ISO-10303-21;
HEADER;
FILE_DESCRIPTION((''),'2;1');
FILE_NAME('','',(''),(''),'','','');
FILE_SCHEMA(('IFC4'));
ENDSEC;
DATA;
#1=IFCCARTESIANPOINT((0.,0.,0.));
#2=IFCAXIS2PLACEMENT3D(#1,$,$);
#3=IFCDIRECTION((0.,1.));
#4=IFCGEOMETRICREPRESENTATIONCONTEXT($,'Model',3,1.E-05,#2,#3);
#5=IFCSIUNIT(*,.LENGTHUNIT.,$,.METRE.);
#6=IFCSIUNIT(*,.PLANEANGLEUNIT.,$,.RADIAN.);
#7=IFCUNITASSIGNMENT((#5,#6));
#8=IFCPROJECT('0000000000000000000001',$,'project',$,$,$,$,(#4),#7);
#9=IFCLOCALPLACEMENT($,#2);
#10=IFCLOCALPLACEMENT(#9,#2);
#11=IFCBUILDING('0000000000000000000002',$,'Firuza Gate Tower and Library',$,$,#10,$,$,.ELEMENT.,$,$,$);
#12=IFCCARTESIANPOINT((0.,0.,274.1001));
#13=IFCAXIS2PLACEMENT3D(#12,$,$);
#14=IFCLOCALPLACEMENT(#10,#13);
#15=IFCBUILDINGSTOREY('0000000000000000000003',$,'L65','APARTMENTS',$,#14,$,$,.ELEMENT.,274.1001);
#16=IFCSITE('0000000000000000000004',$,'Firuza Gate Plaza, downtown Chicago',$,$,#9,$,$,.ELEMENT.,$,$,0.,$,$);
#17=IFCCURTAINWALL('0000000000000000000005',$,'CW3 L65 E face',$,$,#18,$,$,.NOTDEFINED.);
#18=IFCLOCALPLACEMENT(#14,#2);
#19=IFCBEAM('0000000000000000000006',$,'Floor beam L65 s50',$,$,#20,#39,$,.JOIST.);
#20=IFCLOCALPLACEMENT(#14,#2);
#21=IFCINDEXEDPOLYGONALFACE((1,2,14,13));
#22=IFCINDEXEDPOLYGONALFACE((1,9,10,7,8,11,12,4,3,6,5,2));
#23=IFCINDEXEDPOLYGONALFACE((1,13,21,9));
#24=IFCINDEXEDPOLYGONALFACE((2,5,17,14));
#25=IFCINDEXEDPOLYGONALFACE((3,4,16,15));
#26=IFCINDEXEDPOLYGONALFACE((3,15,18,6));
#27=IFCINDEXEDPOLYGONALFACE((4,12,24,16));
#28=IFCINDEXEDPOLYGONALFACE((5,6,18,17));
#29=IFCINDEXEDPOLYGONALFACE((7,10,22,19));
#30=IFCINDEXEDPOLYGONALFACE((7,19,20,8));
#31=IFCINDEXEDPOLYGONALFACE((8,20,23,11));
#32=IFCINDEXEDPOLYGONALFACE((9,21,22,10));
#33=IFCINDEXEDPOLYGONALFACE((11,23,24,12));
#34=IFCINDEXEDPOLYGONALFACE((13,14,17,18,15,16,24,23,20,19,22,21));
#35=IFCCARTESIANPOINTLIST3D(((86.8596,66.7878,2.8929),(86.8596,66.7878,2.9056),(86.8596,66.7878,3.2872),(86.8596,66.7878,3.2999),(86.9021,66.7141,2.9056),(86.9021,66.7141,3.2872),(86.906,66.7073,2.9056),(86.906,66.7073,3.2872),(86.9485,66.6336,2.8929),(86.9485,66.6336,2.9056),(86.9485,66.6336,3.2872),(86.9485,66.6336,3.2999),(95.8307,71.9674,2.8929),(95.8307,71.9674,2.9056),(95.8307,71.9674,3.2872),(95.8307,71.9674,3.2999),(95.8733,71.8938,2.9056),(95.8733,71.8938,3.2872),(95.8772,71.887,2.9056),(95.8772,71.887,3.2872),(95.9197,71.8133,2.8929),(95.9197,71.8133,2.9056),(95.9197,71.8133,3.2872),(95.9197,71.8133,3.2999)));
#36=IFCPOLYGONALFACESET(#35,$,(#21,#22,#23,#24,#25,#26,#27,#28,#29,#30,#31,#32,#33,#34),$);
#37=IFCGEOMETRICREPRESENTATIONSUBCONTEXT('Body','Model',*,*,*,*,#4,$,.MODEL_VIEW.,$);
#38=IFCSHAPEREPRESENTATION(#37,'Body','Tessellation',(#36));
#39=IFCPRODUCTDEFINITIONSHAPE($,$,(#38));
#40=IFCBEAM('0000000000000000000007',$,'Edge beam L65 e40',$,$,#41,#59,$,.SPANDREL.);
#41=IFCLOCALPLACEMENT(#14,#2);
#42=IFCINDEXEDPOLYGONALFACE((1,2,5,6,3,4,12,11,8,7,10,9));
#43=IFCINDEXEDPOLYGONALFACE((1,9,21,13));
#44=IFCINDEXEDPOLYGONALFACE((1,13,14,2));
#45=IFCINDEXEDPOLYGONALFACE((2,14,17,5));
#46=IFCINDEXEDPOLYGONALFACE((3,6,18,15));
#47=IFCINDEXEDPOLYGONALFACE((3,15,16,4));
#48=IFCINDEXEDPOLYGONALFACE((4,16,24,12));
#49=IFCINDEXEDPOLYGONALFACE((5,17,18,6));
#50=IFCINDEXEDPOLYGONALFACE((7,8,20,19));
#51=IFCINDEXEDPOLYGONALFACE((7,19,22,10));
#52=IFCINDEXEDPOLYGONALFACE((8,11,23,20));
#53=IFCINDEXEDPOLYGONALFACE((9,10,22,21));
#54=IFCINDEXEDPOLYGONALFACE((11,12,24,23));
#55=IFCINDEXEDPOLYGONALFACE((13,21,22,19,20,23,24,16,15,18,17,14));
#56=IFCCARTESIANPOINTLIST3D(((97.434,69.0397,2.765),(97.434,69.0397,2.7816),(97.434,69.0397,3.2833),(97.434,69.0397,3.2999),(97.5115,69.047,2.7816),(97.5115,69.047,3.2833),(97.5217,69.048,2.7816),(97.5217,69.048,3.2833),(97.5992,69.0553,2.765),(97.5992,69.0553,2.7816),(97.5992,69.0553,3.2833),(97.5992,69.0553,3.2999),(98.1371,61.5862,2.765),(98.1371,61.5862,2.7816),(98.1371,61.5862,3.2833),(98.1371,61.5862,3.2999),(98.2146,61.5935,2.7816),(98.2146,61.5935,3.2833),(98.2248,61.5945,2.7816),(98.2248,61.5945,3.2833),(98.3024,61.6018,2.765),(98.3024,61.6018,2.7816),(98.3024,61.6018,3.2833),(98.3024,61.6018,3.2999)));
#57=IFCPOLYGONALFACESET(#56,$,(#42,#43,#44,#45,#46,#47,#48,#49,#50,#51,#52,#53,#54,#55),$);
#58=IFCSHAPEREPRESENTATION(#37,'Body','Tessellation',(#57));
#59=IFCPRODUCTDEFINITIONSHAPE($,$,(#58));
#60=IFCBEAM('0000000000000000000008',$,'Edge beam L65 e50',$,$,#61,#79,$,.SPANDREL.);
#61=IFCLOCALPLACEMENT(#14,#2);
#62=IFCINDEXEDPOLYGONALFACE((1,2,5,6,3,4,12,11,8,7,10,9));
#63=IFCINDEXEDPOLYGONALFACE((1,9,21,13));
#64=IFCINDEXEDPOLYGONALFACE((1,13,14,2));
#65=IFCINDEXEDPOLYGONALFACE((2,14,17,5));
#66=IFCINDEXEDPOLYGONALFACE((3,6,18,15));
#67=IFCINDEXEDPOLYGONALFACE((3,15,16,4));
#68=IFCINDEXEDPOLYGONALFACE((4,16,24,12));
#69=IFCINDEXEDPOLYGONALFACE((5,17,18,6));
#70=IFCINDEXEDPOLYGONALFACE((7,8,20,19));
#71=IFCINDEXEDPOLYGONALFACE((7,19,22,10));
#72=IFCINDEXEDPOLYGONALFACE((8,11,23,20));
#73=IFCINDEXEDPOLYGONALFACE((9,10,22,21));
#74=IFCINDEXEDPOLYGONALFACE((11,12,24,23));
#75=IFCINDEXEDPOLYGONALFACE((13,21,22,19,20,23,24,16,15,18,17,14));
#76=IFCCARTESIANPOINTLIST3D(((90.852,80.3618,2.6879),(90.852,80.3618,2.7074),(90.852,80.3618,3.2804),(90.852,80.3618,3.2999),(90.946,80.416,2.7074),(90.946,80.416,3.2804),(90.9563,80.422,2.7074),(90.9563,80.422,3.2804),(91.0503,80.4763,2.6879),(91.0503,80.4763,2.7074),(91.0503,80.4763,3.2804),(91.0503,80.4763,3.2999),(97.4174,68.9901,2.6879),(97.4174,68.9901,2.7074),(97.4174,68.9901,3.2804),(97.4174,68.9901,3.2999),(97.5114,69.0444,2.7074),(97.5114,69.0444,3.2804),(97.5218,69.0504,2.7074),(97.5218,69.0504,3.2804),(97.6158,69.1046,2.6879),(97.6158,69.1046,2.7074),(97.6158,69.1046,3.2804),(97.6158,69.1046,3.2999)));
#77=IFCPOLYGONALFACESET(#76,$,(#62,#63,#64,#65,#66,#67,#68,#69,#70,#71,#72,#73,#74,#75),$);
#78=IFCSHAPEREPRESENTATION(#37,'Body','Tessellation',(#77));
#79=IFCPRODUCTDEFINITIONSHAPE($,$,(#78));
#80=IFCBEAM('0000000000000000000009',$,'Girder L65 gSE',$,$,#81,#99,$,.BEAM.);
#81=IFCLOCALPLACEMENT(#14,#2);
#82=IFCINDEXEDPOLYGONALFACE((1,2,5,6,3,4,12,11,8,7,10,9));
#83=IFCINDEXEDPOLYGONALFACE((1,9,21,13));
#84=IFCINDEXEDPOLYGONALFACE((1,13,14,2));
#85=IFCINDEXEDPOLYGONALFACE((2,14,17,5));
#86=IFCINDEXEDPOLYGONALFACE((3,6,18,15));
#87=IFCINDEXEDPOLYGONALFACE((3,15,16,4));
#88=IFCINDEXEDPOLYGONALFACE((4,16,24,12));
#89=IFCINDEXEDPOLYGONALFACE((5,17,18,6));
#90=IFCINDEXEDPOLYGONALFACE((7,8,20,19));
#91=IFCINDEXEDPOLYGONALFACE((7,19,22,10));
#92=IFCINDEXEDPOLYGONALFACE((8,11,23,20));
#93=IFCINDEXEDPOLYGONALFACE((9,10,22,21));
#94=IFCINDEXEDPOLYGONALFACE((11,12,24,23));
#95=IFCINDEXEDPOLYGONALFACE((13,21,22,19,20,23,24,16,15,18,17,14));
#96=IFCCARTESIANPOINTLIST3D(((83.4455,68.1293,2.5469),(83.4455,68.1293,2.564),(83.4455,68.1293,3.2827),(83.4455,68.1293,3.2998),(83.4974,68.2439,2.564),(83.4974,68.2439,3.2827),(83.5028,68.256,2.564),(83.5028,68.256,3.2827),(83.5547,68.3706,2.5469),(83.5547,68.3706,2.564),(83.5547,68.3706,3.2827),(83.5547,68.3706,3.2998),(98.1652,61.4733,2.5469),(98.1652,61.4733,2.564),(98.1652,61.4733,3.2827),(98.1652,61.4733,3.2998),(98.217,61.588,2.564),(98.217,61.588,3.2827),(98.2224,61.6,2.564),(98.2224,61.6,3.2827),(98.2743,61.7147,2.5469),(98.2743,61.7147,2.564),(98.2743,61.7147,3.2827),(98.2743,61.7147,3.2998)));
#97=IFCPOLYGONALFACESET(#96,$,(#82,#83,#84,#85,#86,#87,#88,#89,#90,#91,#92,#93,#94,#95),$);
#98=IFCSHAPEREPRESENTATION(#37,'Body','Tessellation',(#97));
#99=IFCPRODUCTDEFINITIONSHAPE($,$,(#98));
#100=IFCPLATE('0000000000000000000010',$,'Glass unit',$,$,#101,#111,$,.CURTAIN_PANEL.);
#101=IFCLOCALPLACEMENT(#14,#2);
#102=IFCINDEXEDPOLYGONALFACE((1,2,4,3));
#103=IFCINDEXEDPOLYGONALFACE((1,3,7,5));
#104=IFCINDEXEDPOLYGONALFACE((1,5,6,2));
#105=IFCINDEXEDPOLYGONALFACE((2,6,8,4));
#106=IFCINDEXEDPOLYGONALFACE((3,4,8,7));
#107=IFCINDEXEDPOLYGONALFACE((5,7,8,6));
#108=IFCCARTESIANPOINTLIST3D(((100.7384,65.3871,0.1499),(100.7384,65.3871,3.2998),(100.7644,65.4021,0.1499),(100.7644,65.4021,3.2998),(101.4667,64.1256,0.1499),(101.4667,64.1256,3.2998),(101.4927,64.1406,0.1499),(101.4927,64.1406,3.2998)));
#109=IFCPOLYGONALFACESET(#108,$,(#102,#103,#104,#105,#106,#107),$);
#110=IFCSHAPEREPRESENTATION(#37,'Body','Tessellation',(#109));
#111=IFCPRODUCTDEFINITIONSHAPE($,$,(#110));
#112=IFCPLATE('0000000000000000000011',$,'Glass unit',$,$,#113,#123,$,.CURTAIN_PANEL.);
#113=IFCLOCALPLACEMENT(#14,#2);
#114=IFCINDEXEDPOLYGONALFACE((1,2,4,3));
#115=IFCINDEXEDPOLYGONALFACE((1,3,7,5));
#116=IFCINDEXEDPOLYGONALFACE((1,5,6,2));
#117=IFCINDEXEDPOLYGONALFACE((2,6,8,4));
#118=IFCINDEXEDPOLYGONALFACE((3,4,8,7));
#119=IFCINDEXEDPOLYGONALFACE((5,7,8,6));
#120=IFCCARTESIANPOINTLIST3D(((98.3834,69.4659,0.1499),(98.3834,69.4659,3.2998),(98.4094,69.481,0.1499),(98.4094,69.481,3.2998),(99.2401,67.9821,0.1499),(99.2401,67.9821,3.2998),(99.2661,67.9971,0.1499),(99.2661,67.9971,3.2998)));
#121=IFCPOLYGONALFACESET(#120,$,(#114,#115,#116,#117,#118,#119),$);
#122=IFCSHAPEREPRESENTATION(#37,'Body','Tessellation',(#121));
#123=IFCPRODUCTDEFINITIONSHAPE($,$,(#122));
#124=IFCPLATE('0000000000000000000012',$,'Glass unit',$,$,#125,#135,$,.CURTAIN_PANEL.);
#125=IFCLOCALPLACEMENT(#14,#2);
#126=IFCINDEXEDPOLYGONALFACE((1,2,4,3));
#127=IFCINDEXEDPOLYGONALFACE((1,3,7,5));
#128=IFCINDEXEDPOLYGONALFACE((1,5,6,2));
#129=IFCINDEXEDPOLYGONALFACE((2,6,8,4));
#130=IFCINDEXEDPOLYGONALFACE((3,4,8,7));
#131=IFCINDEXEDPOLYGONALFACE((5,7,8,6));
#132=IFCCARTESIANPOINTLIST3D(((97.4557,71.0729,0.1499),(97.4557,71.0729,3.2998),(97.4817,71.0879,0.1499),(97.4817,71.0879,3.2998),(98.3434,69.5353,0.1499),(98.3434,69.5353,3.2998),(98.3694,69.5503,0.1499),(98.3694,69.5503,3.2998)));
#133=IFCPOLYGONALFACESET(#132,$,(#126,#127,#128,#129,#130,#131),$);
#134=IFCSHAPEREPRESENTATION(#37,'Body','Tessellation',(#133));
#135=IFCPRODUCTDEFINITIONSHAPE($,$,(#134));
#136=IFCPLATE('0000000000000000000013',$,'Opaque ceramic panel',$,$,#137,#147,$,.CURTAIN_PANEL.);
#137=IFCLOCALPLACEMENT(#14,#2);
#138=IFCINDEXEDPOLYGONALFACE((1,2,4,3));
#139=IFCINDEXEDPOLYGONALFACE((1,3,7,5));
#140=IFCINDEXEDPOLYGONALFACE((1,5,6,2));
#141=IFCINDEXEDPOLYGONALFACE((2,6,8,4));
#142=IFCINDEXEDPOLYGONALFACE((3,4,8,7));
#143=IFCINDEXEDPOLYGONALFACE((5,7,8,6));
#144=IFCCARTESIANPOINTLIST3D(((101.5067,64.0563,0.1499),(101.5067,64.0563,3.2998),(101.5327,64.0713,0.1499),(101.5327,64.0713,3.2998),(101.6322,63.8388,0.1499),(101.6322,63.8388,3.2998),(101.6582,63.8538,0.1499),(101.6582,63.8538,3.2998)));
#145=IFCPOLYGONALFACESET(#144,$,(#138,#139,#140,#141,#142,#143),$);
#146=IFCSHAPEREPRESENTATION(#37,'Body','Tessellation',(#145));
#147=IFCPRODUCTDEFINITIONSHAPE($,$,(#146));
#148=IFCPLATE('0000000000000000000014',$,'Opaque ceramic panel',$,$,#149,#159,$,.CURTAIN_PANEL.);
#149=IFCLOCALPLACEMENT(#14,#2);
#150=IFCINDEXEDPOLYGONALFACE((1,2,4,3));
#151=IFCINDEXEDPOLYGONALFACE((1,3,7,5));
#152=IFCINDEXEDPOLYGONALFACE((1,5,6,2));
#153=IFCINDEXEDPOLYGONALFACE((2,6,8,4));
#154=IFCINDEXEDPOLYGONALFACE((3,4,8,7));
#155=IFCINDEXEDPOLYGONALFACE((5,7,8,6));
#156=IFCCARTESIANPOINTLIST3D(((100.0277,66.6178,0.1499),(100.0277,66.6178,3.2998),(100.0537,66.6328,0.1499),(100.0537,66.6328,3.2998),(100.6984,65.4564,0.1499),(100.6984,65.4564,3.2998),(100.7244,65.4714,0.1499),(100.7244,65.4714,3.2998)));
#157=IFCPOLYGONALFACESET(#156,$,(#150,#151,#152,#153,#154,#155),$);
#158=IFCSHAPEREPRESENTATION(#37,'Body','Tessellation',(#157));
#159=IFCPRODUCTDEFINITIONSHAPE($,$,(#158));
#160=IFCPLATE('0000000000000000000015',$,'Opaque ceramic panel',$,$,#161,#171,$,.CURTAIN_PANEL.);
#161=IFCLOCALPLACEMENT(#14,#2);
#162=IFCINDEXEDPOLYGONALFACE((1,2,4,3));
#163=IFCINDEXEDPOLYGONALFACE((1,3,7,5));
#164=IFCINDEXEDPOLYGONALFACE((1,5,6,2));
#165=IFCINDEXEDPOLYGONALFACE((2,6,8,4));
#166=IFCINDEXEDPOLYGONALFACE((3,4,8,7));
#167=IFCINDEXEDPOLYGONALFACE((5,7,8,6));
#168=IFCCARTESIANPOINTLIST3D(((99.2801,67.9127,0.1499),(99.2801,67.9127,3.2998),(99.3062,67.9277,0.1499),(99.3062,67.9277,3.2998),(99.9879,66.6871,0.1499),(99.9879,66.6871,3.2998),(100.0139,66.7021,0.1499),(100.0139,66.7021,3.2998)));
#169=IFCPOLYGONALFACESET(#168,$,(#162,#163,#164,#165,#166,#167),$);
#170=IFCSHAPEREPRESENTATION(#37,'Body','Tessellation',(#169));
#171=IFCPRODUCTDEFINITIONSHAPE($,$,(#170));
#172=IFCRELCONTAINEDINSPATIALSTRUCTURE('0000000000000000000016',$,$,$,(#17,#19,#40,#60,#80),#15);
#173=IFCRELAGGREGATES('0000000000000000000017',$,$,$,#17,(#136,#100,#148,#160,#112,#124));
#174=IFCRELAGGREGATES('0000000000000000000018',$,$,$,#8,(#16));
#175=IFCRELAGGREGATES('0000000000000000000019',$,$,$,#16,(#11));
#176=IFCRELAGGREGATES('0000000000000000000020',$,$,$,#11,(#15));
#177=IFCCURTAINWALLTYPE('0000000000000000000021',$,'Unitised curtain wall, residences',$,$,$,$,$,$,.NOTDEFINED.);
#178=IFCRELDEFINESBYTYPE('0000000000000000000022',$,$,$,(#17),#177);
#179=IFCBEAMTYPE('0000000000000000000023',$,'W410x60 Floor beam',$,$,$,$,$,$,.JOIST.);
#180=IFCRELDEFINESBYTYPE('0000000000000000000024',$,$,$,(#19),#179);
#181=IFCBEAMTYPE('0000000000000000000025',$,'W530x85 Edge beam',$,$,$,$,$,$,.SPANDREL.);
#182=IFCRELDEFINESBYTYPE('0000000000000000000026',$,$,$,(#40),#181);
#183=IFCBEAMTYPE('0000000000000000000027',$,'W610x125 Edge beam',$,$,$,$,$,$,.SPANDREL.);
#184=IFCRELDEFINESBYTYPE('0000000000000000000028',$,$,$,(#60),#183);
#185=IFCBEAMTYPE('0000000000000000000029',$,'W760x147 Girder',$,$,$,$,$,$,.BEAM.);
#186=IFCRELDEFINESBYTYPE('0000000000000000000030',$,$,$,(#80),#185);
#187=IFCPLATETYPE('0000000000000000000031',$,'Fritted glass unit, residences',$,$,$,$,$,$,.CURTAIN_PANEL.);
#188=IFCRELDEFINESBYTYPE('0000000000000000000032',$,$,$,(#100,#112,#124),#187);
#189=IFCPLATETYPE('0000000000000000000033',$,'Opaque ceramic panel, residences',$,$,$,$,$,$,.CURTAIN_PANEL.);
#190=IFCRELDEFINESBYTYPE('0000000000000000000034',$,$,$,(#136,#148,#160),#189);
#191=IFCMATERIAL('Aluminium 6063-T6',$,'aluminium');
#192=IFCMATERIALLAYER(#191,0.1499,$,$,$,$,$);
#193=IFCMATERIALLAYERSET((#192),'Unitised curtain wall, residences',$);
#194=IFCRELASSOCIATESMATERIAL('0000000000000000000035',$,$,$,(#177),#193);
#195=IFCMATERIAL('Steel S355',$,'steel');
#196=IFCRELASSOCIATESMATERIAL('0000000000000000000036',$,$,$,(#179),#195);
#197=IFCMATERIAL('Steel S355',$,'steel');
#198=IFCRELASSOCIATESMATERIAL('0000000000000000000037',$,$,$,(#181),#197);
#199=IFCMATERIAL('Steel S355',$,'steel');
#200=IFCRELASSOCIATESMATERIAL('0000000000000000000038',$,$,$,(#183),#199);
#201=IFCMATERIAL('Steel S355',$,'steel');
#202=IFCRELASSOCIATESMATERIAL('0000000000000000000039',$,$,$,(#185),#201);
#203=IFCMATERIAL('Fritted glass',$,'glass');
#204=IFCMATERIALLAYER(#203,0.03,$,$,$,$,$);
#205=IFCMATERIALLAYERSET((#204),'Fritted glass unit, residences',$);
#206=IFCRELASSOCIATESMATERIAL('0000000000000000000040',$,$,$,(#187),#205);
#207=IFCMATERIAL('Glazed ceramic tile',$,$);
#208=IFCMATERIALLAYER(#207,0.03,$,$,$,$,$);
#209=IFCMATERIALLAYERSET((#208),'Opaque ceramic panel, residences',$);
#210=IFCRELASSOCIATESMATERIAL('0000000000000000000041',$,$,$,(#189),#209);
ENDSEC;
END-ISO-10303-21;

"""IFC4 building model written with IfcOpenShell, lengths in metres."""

from ifc_helpers import new_model, si_unit, direction, frame, origin, origin_2d, place, context, subcontext, project, spatial, polyline, i_section, outline, extrude, material, layer, layer_set, material_profile, profile_set, type_object, element, aggregate, save


model = new_model("IFC4")

# Units and contexts
model_context = context("Model", 3, precision=1e-05, world=origin(), true_north=direction((0.0, 1.0)))
body_context = subcontext(model_context, "Body", "Model", "MODEL_VIEW")
ifc_project = project(units=[si_unit("LENGTHUNIT", "METRE"), si_unit("PLANEANGLEUNIT", "RADIAN")], contexts=[model_context])

# Site, building, storey
site_placement = place(None, origin())
site = spatial("IfcSite", under=ifc_project, at=site_placement, Name="Firuza Gate Plaza, downtown Chicago", CompositionType="ELEMENT", RefElevation=0.0)
building_placement = place(site_placement, origin())
building = spatial("IfcBuilding", under=site, at=building_placement, Name="Firuza Gate Tower and Library", CompositionType="ELEMENT")
storey_placement = place(building_placement, frame((0.0, 0.0, 274.1001)))
storey = spatial("IfcBuildingStorey", under=building, at=storey_placement, Name="L65", Description="APARTMENTS", CompositionType="ELEMENT", Elevation=274.1001)

# Curtain wall
ifc_material_1 = material(Name="Aluminium 6063-T6", Category="aluminium")
ifc_layer_1 = layer(ifc_material_1, 0.1499)
ifc_layer_set_1 = layer_set([ifc_layer_1], Name="Unitised curtain wall, residences")
curtain_wall_type = type_object("IfcCurtainWallType", Name="Unitised curtain wall, residences", PredefinedType="NOTDEFINED", material=ifc_layer_set_1)
curtain_wall_placement = place(storey_placement, origin())
curtain_wall = element("IfcCurtainWall", 1, at=curtain_wall_placement, inside=storey, type_object=curtain_wall_type, Name="CW3 L65 E face", PredefinedType="NOTDEFINED")

# Beams
ifc_material_2 = material(Name="Steel S355", Category="steel")
ifc_material_profile_1 = material_profile(ifc_material_2, i_section(OverallWidth=0.178, OverallDepth=0.407, WebThickness=0.0078, FlangeThickness=0.0127, at=origin_2d()))
ifc_profile_set_1 = profile_set([ifc_material_profile_1], Name="Steel S355")
beam_type_1 = type_object("IfcBeamType", Name="W410x60 Floor beam", PredefinedType="JOIST", material=ifc_profile_set_1)
beam_1_placement = place(storey_placement, frame((95.8752, 71.8904, 3.0964), z_axis=(-0.866018, -0.500012, 0.0), x_axis=(0.500012, -0.866018, 0.0)))
element("IfcBeam", 2, at=beam_1_placement, inside=storey, type_object=beam_type_1, Name="Floor beam L65 s50", PredefinedType="JOIST", context=body_context, shape_type="SweptSolid", body=[
    extrude(i_section(OverallWidth=0.178, OverallDepth=0.407, WebThickness=0.0078, FlangeThickness=0.0127, at=origin_2d()), origin(), (0.0, 0.0, 1.0), 10.3591),
])
ifc_material_3 = material(Name="Steel S355", Category="steel")
ifc_material_profile_2 = material_profile(ifc_material_3, i_section(OverallWidth=0.166, OverallDepth=0.5349, WebThickness=0.0103, FlangeThickness=0.0166, at=origin_2d()))
ifc_profile_set_2 = profile_set([ifc_material_profile_2], Name="Steel S355")
beam_type_2 = type_object("IfcBeamType", Name="W530x85 Edge beam", PredefinedType="SPANDREL", material=ifc_profile_set_2)
beam_2_placement = place(storey_placement, frame((98.2197, 61.594, 3.0325), z_axis=(-0.09392, 0.99558, 0.0), x_axis=(-0.99558, -0.09392, 0.0)))
element("IfcBeam", 3, at=beam_2_placement, inside=storey, type_object=beam_type_2, Name="Edge beam L65 e40", PredefinedType="SPANDREL", context=body_context, shape_type="SweptSolid", body=[
    extrude(i_section(OverallWidth=0.166, OverallDepth=0.5349, WebThickness=0.0103, FlangeThickness=0.0166, at=origin_2d()), origin(), (0.0, 0.0, 1.0), 7.4866),
])
ifc_material_4 = material(Name="Steel S355", Category="steel")
ifc_material_profile_3 = material_profile(ifc_material_4, i_section(OverallWidth=0.229, OverallDepth=0.6121, WebThickness=0.012, FlangeThickness=0.0195, at=origin_2d()))
ifc_profile_set_3 = profile_set([ifc_material_profile_3], Name="Steel S355")
beam_type_3 = type_object("IfcBeamType", Name="W610x125 Edge beam", PredefinedType="SPANDREL", material=ifc_profile_set_3)
beam_3_placement = place(storey_placement, frame((97.5166, 69.0474, 2.9939), z_axis=(-0.500002, 0.866024, 0.0), x_axis=(-0.866024, -0.500002, 0.0)))
element("IfcBeam", 4, at=beam_3_placement, inside=storey, type_object=beam_type_3, Name="Edge beam L65 e50", PredefinedType="SPANDREL", context=body_context, shape_type="SweptSolid", body=[
    extrude(i_section(OverallWidth=0.229, OverallDepth=0.6121, WebThickness=0.012, FlangeThickness=0.0195, at=origin_2d()), origin(), (0.0, 0.0, 1.0), 13.1309),
])
ifc_material_5 = material(Name="Steel S355", Category="steel")
ifc_material_profile_4 = material_profile(ifc_material_5, i_section(OverallWidth=0.2649, OverallDepth=0.7529, WebThickness=0.0132, FlangeThickness=0.0171, at=origin_2d()))
ifc_profile_set_4 = profile_set([ifc_material_profile_4], Name="Steel S355")
beam_type_4 = type_object("IfcBeamType", Name="W760x147 Girder", PredefinedType="BEAM", material=ifc_profile_set_4)
beam_4_placement = place(storey_placement, frame((98.2197, 61.594, 2.9233), z_axis=(-0.911176, 0.412018, 0.0), x_axis=(-0.412018, -0.911176, 0.0)))
element("IfcBeam", 5, at=beam_4_placement, inside=storey, type_object=beam_type_4, Name="Girder L65 gSE", PredefinedType="BEAM", context=body_context, shape_type="SweptSolid", body=[
    extrude(i_section(OverallWidth=0.2649, OverallDepth=0.7529, WebThickness=0.0132, FlangeThickness=0.0171, at=origin_2d()), origin(), (0.0, 0.0, 1.0), 16.1545),
])

# Plates
ifc_material_6 = material(Name="Fritted glass", Category="glass")
ifc_layer_2 = layer(ifc_material_6, 0.03)
ifc_layer_set_2 = layer_set([ifc_layer_2], Name="Fritted glass unit, residences")
plate_type_1 = type_object("IfcPlateType", Name="Fritted glass unit, residences", PredefinedType="CURTAIN_PANEL", material=ifc_layer_set_2)
plate_1_placement = place(storey_placement, frame((101.4927, 64.1406, 0.1499), z_axis=(0.866038, 0.499979, 0.0), x_axis=(-0.499979, 0.866038, 0.0)))
plate_1 = element("IfcPlate", 6, at=plate_1_placement, type_object=plate_type_1, Name="Glass unit", PredefinedType="CURTAIN_PANEL", context=body_context, shape_type="SweptSolid", body=[
    extrude(outline(polyline([(0.0, 0.0), (1.4566, 0.0), (1.4566, 3.1499), (0.0, 3.1499), (0.0, 0.0)])), origin(), (0.0, 0.0, -1.0), 0.03),
])
plate_2_placement = place(storey_placement, frame((99.2661, 67.9971, 0.1499), z_axis=(0.866034, 0.499986, 0.0), x_axis=(-0.499986, 0.866034, 0.0)))
plate_2 = element("IfcPlate", 7, at=plate_2_placement, type_object=plate_type_1, Name="Glass unit", PredefinedType="CURTAIN_PANEL", context=body_context, shape_type="SweptSolid", body=[
    extrude(outline(polyline([(0.0, 0.0), (1.7134, 0.0), (1.7134, 3.1499), (0.0, 3.1499), (0.0, 0.0)])), origin(), (0.0, 0.0, -1.0), 0.03),
])
plate_3_placement = place(storey_placement, frame((98.3694, 69.5503, 0.1499), z_axis=(0.866034, 0.499984, 0.0), x_axis=(-0.499984, 0.866034, 0.0)))
plate_3 = element("IfcPlate", 8, at=plate_3_placement, type_object=plate_type_1, Name="Glass unit", PredefinedType="CURTAIN_PANEL", context=body_context, shape_type="SweptSolid", body=[
    extrude(outline(polyline([(0.0, 0.0), (1.7754, 0.0), (1.7754, 3.1499), (0.0, 3.1499), (0.0, 0.0)])), origin(), (0.0, 0.0, -1.0), 0.03),
])
ifc_material_7 = material(Name="Glazed ceramic tile")
ifc_layer_3 = layer(ifc_material_7, 0.03)
ifc_layer_set_3 = layer_set([ifc_layer_3], Name="Opaque ceramic panel, residences")
plate_type_2 = type_object("IfcPlateType", Name="Opaque ceramic panel, residences", PredefinedType="CURTAIN_PANEL", material=ifc_layer_set_3)
plate_4_placement = place(storey_placement, frame((101.6582, 63.8538, 0.1499), z_axis=(0.866202, 0.499694, 0.0), x_axis=(-0.499694, 0.866202, 0.0)))
plate_4 = element("IfcPlate", 9, at=plate_4_placement, type_object=plate_type_2, Name="Opaque ceramic panel", PredefinedType="CURTAIN_PANEL", context=body_context, shape_type="SweptSolid", body=[
    extrude(outline(polyline([(0.0, 0.0), (0.2511, 0.0), (0.2511, 3.1499), (0.0, 3.1499), (0.0, 0.0)])), origin(), (0.0, 0.0, -1.0), 0.03),
])
plate_5_placement = place(storey_placement, frame((100.7244, 65.4714, 0.1499), z_axis=(0.865982, 0.500074, 0.0), x_axis=(-0.500074, 0.865982, 0.0)))
plate_5 = element("IfcPlate", 10, at=plate_5_placement, type_object=plate_type_2, Name="Opaque ceramic panel", PredefinedType="CURTAIN_PANEL", context=body_context, shape_type="SweptSolid", body=[
    extrude(outline(polyline([(0.0, 0.0), (1.3411, 0.0), (1.3411, 3.1499), (0.0, 3.1499), (0.0, 0.0)])), origin(), (0.0, 0.0, -1.0), 0.03),
])
plate_6_placement = place(storey_placement, frame((100.0139, 66.7021, 0.1499), z_axis=(0.865973, 0.500091, 0.0), x_axis=(-0.500091, 0.865973, 0.0)))
plate_6 = element("IfcPlate", 11, at=plate_6_placement, type_object=plate_type_2, Name="Opaque ceramic panel", PredefinedType="CURTAIN_PANEL", context=body_context, shape_type="SweptSolid", body=[
    extrude(outline(polyline([(0.0, 0.0), (1.4153, 0.0), (1.4153, 3.1499), (0.0, 3.1499), (0.0, 0.0)])), origin(), (0.0, 0.0, -1.0), 0.03),
])
aggregate(curtain_wall, [plate_4, plate_1, plate_5, plate_6, plate_2, plate_3])

save(model, "model.ifc")
